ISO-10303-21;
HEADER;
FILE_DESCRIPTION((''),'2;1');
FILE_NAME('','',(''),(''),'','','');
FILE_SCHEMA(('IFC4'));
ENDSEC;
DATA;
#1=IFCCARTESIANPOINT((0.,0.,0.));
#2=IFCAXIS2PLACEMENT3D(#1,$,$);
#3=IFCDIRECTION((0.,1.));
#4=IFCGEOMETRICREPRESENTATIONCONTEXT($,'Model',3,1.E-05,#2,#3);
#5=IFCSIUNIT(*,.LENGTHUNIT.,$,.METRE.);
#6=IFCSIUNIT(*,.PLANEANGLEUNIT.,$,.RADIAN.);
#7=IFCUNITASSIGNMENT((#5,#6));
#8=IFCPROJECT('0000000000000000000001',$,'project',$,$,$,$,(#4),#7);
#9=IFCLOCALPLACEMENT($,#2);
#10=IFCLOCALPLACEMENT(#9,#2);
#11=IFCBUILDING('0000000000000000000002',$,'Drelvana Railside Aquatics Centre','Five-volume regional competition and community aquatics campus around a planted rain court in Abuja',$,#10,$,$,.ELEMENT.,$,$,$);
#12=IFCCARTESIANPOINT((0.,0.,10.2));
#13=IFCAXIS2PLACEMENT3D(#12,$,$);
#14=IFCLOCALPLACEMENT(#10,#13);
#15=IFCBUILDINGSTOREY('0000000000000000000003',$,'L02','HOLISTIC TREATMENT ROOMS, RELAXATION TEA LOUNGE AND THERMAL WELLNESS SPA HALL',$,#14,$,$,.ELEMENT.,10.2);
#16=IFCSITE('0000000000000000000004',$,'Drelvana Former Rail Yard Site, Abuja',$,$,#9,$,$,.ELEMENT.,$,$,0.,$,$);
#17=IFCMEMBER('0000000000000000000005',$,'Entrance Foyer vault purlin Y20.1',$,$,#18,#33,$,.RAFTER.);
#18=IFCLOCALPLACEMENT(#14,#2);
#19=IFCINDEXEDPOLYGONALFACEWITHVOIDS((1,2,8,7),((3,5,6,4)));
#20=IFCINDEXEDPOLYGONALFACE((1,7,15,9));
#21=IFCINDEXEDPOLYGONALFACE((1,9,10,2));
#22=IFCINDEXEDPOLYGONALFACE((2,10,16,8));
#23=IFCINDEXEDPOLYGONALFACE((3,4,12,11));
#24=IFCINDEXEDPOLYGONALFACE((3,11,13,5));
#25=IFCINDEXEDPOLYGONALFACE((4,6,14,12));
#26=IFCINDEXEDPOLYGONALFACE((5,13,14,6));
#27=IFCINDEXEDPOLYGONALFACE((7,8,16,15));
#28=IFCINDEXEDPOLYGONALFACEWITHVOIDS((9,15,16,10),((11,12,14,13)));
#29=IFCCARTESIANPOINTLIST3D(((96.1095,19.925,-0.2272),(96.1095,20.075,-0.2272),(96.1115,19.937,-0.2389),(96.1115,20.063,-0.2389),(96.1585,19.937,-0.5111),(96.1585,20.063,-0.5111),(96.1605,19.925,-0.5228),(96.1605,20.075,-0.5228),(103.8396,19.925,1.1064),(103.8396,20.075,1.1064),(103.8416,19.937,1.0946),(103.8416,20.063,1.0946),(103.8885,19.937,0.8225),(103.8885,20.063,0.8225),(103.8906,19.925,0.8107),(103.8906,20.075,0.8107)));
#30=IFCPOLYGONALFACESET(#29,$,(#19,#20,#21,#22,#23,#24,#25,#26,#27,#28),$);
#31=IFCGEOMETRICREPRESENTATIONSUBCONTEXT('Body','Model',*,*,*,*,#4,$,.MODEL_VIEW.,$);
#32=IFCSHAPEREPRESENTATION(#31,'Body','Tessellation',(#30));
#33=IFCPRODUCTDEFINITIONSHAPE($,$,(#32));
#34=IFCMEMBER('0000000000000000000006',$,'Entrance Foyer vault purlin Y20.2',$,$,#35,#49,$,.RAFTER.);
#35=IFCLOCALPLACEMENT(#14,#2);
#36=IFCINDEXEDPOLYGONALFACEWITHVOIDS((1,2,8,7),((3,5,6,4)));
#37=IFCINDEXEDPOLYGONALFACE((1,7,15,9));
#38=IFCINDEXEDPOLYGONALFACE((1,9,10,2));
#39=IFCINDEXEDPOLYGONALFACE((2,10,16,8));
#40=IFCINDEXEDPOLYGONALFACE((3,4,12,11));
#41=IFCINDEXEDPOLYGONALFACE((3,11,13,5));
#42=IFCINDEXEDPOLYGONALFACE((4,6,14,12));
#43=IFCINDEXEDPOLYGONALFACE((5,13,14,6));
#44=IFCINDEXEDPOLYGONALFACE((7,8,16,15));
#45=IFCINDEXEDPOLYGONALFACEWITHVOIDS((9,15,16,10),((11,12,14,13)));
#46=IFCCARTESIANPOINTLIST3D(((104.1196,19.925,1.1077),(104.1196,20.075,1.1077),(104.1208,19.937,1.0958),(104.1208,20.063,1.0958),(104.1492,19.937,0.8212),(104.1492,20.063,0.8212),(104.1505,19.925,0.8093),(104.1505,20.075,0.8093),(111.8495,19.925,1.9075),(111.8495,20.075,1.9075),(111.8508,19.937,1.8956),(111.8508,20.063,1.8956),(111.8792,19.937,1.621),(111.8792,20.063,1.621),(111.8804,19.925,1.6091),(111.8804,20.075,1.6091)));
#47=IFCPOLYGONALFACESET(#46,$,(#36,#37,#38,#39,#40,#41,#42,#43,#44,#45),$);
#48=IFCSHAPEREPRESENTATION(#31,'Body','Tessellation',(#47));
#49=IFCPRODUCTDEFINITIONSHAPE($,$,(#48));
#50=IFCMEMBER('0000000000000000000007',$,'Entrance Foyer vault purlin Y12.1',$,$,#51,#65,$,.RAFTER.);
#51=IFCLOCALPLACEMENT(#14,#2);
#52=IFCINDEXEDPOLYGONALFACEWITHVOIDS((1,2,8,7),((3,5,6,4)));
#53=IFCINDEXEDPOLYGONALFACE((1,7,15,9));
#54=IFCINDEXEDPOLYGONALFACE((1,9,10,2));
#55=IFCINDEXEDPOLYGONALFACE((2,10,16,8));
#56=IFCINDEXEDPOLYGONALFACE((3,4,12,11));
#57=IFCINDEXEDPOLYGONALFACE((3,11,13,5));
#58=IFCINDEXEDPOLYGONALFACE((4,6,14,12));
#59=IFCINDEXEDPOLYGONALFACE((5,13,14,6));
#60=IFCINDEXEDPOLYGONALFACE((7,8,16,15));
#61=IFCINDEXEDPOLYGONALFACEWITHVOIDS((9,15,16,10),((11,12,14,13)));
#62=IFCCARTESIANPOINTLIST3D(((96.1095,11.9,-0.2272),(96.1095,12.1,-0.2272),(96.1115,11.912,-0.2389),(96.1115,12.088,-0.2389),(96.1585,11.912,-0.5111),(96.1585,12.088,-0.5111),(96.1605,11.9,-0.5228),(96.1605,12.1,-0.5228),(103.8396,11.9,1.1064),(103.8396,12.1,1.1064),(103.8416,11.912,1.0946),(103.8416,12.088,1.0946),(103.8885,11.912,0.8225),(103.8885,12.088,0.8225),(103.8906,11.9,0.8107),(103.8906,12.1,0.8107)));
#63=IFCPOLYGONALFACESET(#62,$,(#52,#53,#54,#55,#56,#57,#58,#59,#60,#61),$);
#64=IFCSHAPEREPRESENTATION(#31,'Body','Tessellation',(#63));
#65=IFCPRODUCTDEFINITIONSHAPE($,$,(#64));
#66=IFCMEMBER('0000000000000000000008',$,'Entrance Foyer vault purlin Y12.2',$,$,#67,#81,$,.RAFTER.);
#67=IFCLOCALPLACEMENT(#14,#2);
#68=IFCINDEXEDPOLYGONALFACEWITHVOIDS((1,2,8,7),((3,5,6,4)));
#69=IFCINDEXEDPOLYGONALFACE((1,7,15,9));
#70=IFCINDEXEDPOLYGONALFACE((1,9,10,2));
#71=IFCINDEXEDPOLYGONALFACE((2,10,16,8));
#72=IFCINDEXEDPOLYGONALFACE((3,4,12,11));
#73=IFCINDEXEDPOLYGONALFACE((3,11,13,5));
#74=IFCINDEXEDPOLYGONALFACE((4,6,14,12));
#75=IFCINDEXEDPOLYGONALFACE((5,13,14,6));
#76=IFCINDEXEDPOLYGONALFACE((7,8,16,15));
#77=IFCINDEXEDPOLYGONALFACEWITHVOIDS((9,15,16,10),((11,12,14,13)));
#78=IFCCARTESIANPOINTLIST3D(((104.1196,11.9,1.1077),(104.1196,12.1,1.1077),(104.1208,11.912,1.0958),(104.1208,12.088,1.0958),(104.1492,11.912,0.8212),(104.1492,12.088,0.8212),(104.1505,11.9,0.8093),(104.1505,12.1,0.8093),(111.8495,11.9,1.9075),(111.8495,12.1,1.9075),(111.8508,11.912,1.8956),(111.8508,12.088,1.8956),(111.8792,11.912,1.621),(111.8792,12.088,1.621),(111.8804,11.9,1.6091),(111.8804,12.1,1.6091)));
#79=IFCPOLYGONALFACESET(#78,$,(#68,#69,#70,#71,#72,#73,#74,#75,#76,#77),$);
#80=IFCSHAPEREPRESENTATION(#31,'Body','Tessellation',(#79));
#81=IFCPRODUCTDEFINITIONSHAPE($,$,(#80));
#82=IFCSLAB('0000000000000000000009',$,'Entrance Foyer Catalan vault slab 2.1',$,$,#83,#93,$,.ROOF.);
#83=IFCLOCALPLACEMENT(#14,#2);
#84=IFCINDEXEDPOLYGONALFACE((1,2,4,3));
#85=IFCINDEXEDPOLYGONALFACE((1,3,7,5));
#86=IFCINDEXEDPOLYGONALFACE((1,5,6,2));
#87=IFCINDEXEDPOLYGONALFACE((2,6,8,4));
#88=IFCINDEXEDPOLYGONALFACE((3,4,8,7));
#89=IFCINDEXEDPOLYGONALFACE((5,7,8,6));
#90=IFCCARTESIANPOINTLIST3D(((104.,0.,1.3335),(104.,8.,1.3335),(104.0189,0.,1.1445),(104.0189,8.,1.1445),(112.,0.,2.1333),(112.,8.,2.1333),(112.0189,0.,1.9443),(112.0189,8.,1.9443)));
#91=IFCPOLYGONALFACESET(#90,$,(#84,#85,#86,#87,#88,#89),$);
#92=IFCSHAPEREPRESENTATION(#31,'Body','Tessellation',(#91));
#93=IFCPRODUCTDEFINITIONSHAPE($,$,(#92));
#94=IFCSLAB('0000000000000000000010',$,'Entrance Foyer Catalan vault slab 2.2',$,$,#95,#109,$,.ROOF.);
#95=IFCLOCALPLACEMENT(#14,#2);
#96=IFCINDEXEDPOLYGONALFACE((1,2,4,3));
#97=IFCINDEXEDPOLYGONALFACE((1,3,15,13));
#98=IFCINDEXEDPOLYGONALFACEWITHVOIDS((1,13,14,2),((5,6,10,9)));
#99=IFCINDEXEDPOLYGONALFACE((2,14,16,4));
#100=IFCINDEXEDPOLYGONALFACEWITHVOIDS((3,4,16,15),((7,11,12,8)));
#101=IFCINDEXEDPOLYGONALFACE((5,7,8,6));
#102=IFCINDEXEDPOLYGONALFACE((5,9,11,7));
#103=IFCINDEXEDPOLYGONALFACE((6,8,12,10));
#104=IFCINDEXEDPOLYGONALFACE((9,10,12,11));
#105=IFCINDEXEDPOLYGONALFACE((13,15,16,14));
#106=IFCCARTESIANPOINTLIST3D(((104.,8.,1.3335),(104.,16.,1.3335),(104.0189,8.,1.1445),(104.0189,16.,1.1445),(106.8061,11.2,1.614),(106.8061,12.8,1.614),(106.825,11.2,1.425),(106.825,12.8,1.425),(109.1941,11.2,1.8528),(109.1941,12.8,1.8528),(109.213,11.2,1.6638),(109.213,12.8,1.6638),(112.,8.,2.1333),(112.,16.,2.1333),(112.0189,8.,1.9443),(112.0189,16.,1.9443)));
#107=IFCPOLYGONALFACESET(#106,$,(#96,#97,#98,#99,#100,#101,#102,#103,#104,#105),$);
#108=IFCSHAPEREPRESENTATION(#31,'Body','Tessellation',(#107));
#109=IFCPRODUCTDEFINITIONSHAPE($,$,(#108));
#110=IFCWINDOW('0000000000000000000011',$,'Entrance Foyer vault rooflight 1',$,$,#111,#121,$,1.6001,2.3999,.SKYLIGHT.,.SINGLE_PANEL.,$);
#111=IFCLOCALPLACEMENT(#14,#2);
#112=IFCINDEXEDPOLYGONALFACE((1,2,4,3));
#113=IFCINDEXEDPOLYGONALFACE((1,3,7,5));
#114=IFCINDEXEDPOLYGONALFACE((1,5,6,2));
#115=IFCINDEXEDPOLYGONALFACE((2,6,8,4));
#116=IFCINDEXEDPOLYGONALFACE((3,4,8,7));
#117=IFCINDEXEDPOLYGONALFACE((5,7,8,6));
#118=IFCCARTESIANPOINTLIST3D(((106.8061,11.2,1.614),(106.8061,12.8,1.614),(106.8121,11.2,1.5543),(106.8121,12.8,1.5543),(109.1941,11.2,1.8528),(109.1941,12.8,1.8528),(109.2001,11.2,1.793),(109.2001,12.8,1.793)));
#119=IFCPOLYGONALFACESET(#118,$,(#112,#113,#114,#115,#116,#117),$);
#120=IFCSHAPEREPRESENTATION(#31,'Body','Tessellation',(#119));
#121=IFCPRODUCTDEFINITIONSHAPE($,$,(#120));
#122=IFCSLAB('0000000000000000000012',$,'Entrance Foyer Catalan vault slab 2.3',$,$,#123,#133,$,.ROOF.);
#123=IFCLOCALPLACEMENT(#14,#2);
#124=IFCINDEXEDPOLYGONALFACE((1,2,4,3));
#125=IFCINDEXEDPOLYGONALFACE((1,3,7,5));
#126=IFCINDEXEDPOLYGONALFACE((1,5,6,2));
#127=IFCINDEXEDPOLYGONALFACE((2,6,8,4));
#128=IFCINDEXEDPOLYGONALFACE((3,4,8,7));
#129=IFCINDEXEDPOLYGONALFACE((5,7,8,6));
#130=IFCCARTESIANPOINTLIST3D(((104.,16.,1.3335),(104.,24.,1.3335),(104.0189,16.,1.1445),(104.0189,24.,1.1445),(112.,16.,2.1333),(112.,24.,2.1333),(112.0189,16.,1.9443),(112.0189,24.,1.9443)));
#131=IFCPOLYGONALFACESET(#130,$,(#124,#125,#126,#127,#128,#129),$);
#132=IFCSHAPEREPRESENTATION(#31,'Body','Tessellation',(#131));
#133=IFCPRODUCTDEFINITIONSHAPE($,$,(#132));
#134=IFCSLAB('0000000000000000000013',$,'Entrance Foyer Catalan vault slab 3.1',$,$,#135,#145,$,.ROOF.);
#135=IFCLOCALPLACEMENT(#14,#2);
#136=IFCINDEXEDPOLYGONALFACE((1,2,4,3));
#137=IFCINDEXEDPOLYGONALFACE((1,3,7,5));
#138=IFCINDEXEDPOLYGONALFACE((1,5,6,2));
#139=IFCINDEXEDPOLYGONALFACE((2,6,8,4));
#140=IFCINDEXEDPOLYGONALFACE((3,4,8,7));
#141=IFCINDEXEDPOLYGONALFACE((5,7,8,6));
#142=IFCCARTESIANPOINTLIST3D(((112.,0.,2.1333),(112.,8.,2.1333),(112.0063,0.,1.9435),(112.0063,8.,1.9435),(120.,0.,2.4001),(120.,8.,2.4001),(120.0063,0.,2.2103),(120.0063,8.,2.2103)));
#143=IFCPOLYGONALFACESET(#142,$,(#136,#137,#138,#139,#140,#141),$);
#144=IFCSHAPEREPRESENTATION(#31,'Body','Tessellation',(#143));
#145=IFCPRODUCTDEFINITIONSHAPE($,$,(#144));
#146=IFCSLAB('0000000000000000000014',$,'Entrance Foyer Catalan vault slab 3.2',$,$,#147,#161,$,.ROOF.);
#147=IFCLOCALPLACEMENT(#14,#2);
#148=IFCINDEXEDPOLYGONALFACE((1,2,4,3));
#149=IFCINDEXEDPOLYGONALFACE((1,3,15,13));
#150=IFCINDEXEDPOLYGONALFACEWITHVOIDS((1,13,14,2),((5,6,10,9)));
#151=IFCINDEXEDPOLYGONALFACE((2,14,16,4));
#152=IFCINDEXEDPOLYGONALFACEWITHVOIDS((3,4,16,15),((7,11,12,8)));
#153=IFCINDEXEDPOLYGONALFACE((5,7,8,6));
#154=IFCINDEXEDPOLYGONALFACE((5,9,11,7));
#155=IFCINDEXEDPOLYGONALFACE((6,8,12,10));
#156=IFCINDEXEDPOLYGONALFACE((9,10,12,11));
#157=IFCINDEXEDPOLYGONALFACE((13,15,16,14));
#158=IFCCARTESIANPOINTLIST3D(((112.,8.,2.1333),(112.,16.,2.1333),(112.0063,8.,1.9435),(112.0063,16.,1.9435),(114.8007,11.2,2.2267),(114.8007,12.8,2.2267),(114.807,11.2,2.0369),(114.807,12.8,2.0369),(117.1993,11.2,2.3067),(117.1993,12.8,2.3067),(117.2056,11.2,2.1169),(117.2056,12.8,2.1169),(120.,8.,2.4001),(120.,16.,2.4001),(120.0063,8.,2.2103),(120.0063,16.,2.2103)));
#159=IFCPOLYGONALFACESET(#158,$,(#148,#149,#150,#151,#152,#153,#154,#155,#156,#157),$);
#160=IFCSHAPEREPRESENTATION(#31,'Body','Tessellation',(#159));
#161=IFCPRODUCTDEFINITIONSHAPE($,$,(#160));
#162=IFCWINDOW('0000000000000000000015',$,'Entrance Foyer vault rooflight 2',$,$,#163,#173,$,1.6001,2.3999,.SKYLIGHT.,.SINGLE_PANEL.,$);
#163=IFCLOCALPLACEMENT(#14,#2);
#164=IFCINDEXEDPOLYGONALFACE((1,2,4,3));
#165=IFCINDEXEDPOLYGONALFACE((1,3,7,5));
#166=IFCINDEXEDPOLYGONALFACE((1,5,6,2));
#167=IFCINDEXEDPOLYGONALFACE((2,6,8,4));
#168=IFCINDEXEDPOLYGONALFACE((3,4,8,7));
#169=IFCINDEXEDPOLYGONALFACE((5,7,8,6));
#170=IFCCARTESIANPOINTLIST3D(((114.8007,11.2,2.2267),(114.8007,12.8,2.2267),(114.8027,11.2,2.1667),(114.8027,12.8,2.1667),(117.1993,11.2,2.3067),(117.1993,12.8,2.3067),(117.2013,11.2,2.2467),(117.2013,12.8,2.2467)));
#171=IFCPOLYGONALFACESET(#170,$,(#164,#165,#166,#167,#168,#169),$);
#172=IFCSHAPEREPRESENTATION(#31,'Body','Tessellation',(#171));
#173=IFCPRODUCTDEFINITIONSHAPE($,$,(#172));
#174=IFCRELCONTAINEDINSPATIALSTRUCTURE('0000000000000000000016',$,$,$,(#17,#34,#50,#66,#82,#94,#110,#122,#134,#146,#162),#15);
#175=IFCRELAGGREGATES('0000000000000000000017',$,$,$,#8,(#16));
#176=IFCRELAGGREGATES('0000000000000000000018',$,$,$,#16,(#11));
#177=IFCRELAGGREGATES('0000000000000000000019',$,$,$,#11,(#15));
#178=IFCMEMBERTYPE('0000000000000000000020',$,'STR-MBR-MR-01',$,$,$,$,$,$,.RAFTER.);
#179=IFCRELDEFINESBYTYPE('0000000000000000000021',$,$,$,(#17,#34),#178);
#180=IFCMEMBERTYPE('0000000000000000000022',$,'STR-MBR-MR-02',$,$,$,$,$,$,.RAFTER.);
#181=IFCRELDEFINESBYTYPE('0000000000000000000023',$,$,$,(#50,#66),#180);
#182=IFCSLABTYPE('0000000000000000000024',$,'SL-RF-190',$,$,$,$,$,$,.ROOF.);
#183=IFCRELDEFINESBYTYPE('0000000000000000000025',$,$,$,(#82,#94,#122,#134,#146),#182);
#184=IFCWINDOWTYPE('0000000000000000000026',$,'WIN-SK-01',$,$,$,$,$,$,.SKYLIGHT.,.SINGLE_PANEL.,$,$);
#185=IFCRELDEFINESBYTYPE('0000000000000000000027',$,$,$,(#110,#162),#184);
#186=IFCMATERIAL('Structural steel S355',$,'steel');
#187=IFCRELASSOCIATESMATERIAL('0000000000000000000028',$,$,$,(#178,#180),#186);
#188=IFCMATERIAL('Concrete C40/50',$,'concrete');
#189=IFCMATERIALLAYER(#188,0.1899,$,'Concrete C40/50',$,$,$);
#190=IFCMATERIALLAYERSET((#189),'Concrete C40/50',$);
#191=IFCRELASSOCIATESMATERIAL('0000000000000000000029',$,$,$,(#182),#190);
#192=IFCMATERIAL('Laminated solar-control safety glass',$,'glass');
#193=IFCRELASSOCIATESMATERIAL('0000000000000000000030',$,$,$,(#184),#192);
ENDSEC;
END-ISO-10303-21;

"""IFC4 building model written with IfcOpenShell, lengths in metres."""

from ifc_helpers import new_model, si_unit, direction, frame, origin, origin_2d, place, context, subcontext, project, spatial, polyline, rectangle, hollow_rectangle, outline, extrude, material, layer, layer_set, material_profile, profile_set, type_object, element, fill, save


model = new_model("IFC4")

# Units and contexts
model_context = context("Model", 3, precision=1e-05, world=origin(), true_north=direction((0.0, 1.0)))
body_context = subcontext(model_context, "Body", "Model", "MODEL_VIEW")
ifc_project = project(units=[si_unit("LENGTHUNIT", "METRE"), si_unit("PLANEANGLEUNIT", "RADIAN")], contexts=[model_context])

# Site, building, storey
site_placement = place(None, origin())
site = spatial("IfcSite", under=ifc_project, at=site_placement, Name="Drelvana Former Rail Yard Site, Abuja", CompositionType="ELEMENT", RefElevation=0.0)
building_placement = place(site_placement, origin())
building = spatial("IfcBuilding", under=site, at=building_placement, Name="Drelvana Railside Aquatics Centre", Description="Five-volume regional competition and community aquatics campus around a planted rain court in Abuja", CompositionType="ELEMENT")
storey_placement = place(building_placement, frame((0.0, 0.0, 10.2)))
storey = spatial("IfcBuildingStorey", under=building, at=storey_placement, Name="L02", Description="HOLISTIC TREATMENT ROOMS, RELAXATION TEA LOUNGE AND THERMAL WELLNESS SPA HALL", CompositionType="ELEMENT", Elevation=10.2)

# Members
ifc_material_1 = material(Name="Structural steel S355", Category="steel")
ifc_material_profile_1 = material_profile(ifc_material_1, hollow_rectangle(XDim=0.1499, YDim=0.3, WallThickness=0.012, at=origin_2d()), Name="RHS 300x150x12")
ifc_profile_set_1 = profile_set([ifc_material_profile_1], Name="Structural steel S355")
member_type_1 = type_object("IfcMemberType", Name="STR-MBR-MR-01", PredefinedType="RAFTER", material=ifc_profile_set_1)
member_1_placement = place(storey_placement, frame((96.135, 20.0, -0.375), z_axis=(0.985444, 0.0, 0.169999), x_axis=(0.0, 1.0, 0.0)))
element("IfcMember", 1, at=member_1_placement, inside=storey, type_object=member_type_1, Name="Entrance Foyer vault purlin Y20.1", PredefinedType="RAFTER", context=body_context, shape_type="SweptSolid", body=[
    extrude(hollow_rectangle(XDim=0.1499, YDim=0.3, WallThickness=0.012, at=origin_2d()), origin(), (0.0, 0.0, 1.0), 7.8442),
])
member_2_placement = place(storey_placement, frame((104.135, 20.0, 0.9585), z_axis=(0.99469, 0.0, 0.102918), x_axis=(0.0, 1.0, 0.0)))
element("IfcMember", 2, at=member_2_placement, inside=storey, type_object=member_type_1, Name="Entrance Foyer vault purlin Y20.2", PredefinedType="RAFTER", context=body_context, shape_type="SweptSolid", body=[
    extrude(hollow_rectangle(XDim=0.1499, YDim=0.3, WallThickness=0.012, at=origin_2d()), origin(), (0.0, 0.0, 1.0), 7.7712),
])
ifc_material_profile_2 = material_profile(ifc_material_1, hollow_rectangle(XDim=0.2, YDim=0.3, WallThickness=0.012, at=origin_2d()), Name="RHS 300x200x12")
ifc_profile_set_2 = profile_set([ifc_material_profile_2], Name="Structural steel S355")
member_type_2 = type_object("IfcMemberType", Name="STR-MBR-MR-02", PredefinedType="RAFTER", material=ifc_profile_set_2)
member_3_placement = place(storey_placement, frame((96.135, 12.0, -0.375), z_axis=(0.985444, 0.0, 0.169999), x_axis=(0.0, 1.0, 0.0)))
element("IfcMember", 3, at=member_3_placement, inside=storey, type_object=member_type_2, Name="Entrance Foyer vault purlin Y12.1", PredefinedType="RAFTER", context=body_context, shape_type="SweptSolid", body=[
    extrude(hollow_rectangle(XDim=0.2, YDim=0.3, WallThickness=0.012, at=origin_2d()), origin(), (0.0, 0.0, 1.0), 7.8442),
])
member_4_placement = place(storey_placement, frame((104.135, 12.0, 0.9585), z_axis=(0.99469, 0.0, 0.102918), x_axis=(0.0, 1.0, 0.0)))
element("IfcMember", 4, at=member_4_placement, inside=storey, type_object=member_type_2, Name="Entrance Foyer vault purlin Y12.2", PredefinedType="RAFTER", context=body_context, shape_type="SweptSolid", body=[
    extrude(hollow_rectangle(XDim=0.2, YDim=0.3, WallThickness=0.012, at=origin_2d()), origin(), (0.0, 0.0, 1.0), 7.7712),
])

# Slab
ifc_material_2 = material(Name="Concrete C40/50", Category="concrete")
ifc_layer = layer(ifc_material_2, 0.1899, Name="Concrete C40/50")
ifc_layer_set = layer_set([ifc_layer], Name="Concrete C40/50")
slab_type = type_object("IfcSlabType", Name="SL-RF-190", PredefinedType="ROOF", material=ifc_layer_set)
slab_1_placement = place(storey_placement, frame((104.0, 0.0, 1.3335), z_axis=(-0.09948, 0.0, 0.99504), x_axis=(0.99504, 0.0, 0.09948)))
element("IfcSlab", 5, at=slab_1_placement, inside=storey, type_object=slab_type, Name="Entrance Foyer Catalan vault slab 2.1", PredefinedType="ROOF", context=body_context, shape_type="SweptSolid", body=[
    extrude(outline(polyline([(0.0, 0.0), (8.0399, 0.0), (8.0399, 8.0), (0.0, 8.0), (0.0, 0.0)])), origin(), (0.0, 0.0, -1.0), 0.1899),
])

# Slab, opening, window
slab_2_placement = place(storey_placement, frame((104.0, 8.0, 1.3335), z_axis=(-0.09948, 0.0, 0.99504), x_axis=(0.99504, 0.0, 0.09948)))
slab_2 = element("IfcSlab", 6, at=slab_2_placement, inside=storey, type_object=slab_type, Name="Entrance Foyer Catalan vault slab 2.2", PredefinedType="ROOF", context=body_context, shape_type="SweptSolid", body=[
    extrude(outline(polyline([(0.0, 0.0), (8.0399, 0.0), (8.0399, 8.0), (0.0, 8.0), (0.0, 0.0)])), origin(), (0.0, 0.0, -1.0), 0.1899),
])
opening_1_placement = place(slab_2_placement, frame((4.02, 4.0, 0.01)))
opening_1 = element("IfcOpeningElement", 7, at=opening_1_placement, cuts=slab_2, PredefinedType="OPENING", context=body_context, shape_type="SweptSolid", body=[
    extrude(rectangle(XDim=2.3999, YDim=1.6001, at=origin_2d()), origin(), (0.0, 0.0, -1.0), 0.21),
])
ifc_material_3 = material(Name="Laminated solar-control safety glass", Category="glass")
window_type = type_object("IfcWindowType", Name="WIN-SK-01", PartitioningType="SINGLE_PANEL", PredefinedType="SKYLIGHT", material=ifc_material_3)
window_1_placement = place(slab_2_placement, frame((4.02, 4.0, 0.0)))
window_1 = element("IfcWindow", 8, at=window_1_placement, inside=storey, type_object=window_type, Name="Entrance Foyer vault rooflight 1", OverallHeight=1.6001, OverallWidth=2.3999, PartitioningType="SINGLE_PANEL", PredefinedType="SKYLIGHT", context=body_context, shape_type="SweptSolid", body=[
    extrude(rectangle(XDim=2.3999, YDim=1.6001, at=origin_2d()), origin(), (0.0, 0.0, -1.0), 0.0601),
])
fill(opening_1, window_1)

# Slabs
slab_3_placement = place(storey_placement, frame((104.0, 16.0, 1.3335), z_axis=(-0.09948, 0.0, 0.99504), x_axis=(0.99504, 0.0, 0.09948)))
element("IfcSlab", 9, at=slab_3_placement, inside=storey, type_object=slab_type, Name="Entrance Foyer Catalan vault slab 2.3", PredefinedType="ROOF", context=body_context, shape_type="SweptSolid", body=[
    extrude(outline(polyline([(0.0, 0.0), (8.0399, 0.0), (8.0399, 8.0), (0.0, 8.0), (0.0, 0.0)])), origin(), (0.0, 0.0, -1.0), 0.1899),
])
slab_4_placement = place(storey_placement, frame((112.0, 0.0, 2.1333), z_axis=(-0.033337, 0.0, 0.999444), x_axis=(0.999444, 0.0, 0.033337)))
element("IfcSlab", 10, at=slab_4_placement, inside=storey, type_object=slab_type, Name="Entrance Foyer Catalan vault slab 3.1", PredefinedType="ROOF", context=body_context, shape_type="SweptSolid", body=[
    extrude(outline(polyline([(0.0, 0.0), (8.0044, 0.0), (8.0044, 8.0), (0.0, 8.0), (0.0, 0.0)])), origin(), (0.0, 0.0, -1.0), 0.1899),
])

# Slab, opening, window
slab_5_placement = place(storey_placement, frame((112.0, 8.0, 2.1333), z_axis=(-0.033337, 0.0, 0.999444), x_axis=(0.999444, 0.0, 0.033337)))
slab_5 = element("IfcSlab", 11, at=slab_5_placement, inside=storey, type_object=slab_type, Name="Entrance Foyer Catalan vault slab 3.2", PredefinedType="ROOF", context=body_context, shape_type="SweptSolid", body=[
    extrude(outline(polyline([(0.0, 0.0), (8.0044, 0.0), (8.0044, 8.0), (0.0, 8.0), (0.0, 0.0)])), origin(), (0.0, 0.0, -1.0), 0.1899),
])
opening_2_placement = place(slab_5_placement, frame((4.0022, 4.0, 0.01)))
opening_2 = element("IfcOpeningElement", 12, at=opening_2_placement, cuts=slab_5, PredefinedType="OPENING", context=body_context, shape_type="SweptSolid", body=[
    extrude(rectangle(XDim=2.3999, YDim=1.6001, at=origin_2d()), origin(), (0.0, 0.0, -1.0), 0.21),
])
window_2_placement = place(slab_5_placement, frame((4.0022, 4.0, 0.0)))
window_2 = element("IfcWindow", 13, at=window_2_placement, inside=storey, type_object=window_type, Name="Entrance Foyer vault rooflight 2", OverallHeight=1.6001, OverallWidth=2.3999, PartitioningType="SINGLE_PANEL", PredefinedType="SKYLIGHT", context=body_context, shape_type="SweptSolid", body=[
    extrude(rectangle(XDim=2.3999, YDim=1.6001, at=origin_2d()), origin(), (0.0, 0.0, -1.0), 0.0601),
])
fill(opening_2, window_2)

save(model, "model.ifc")
